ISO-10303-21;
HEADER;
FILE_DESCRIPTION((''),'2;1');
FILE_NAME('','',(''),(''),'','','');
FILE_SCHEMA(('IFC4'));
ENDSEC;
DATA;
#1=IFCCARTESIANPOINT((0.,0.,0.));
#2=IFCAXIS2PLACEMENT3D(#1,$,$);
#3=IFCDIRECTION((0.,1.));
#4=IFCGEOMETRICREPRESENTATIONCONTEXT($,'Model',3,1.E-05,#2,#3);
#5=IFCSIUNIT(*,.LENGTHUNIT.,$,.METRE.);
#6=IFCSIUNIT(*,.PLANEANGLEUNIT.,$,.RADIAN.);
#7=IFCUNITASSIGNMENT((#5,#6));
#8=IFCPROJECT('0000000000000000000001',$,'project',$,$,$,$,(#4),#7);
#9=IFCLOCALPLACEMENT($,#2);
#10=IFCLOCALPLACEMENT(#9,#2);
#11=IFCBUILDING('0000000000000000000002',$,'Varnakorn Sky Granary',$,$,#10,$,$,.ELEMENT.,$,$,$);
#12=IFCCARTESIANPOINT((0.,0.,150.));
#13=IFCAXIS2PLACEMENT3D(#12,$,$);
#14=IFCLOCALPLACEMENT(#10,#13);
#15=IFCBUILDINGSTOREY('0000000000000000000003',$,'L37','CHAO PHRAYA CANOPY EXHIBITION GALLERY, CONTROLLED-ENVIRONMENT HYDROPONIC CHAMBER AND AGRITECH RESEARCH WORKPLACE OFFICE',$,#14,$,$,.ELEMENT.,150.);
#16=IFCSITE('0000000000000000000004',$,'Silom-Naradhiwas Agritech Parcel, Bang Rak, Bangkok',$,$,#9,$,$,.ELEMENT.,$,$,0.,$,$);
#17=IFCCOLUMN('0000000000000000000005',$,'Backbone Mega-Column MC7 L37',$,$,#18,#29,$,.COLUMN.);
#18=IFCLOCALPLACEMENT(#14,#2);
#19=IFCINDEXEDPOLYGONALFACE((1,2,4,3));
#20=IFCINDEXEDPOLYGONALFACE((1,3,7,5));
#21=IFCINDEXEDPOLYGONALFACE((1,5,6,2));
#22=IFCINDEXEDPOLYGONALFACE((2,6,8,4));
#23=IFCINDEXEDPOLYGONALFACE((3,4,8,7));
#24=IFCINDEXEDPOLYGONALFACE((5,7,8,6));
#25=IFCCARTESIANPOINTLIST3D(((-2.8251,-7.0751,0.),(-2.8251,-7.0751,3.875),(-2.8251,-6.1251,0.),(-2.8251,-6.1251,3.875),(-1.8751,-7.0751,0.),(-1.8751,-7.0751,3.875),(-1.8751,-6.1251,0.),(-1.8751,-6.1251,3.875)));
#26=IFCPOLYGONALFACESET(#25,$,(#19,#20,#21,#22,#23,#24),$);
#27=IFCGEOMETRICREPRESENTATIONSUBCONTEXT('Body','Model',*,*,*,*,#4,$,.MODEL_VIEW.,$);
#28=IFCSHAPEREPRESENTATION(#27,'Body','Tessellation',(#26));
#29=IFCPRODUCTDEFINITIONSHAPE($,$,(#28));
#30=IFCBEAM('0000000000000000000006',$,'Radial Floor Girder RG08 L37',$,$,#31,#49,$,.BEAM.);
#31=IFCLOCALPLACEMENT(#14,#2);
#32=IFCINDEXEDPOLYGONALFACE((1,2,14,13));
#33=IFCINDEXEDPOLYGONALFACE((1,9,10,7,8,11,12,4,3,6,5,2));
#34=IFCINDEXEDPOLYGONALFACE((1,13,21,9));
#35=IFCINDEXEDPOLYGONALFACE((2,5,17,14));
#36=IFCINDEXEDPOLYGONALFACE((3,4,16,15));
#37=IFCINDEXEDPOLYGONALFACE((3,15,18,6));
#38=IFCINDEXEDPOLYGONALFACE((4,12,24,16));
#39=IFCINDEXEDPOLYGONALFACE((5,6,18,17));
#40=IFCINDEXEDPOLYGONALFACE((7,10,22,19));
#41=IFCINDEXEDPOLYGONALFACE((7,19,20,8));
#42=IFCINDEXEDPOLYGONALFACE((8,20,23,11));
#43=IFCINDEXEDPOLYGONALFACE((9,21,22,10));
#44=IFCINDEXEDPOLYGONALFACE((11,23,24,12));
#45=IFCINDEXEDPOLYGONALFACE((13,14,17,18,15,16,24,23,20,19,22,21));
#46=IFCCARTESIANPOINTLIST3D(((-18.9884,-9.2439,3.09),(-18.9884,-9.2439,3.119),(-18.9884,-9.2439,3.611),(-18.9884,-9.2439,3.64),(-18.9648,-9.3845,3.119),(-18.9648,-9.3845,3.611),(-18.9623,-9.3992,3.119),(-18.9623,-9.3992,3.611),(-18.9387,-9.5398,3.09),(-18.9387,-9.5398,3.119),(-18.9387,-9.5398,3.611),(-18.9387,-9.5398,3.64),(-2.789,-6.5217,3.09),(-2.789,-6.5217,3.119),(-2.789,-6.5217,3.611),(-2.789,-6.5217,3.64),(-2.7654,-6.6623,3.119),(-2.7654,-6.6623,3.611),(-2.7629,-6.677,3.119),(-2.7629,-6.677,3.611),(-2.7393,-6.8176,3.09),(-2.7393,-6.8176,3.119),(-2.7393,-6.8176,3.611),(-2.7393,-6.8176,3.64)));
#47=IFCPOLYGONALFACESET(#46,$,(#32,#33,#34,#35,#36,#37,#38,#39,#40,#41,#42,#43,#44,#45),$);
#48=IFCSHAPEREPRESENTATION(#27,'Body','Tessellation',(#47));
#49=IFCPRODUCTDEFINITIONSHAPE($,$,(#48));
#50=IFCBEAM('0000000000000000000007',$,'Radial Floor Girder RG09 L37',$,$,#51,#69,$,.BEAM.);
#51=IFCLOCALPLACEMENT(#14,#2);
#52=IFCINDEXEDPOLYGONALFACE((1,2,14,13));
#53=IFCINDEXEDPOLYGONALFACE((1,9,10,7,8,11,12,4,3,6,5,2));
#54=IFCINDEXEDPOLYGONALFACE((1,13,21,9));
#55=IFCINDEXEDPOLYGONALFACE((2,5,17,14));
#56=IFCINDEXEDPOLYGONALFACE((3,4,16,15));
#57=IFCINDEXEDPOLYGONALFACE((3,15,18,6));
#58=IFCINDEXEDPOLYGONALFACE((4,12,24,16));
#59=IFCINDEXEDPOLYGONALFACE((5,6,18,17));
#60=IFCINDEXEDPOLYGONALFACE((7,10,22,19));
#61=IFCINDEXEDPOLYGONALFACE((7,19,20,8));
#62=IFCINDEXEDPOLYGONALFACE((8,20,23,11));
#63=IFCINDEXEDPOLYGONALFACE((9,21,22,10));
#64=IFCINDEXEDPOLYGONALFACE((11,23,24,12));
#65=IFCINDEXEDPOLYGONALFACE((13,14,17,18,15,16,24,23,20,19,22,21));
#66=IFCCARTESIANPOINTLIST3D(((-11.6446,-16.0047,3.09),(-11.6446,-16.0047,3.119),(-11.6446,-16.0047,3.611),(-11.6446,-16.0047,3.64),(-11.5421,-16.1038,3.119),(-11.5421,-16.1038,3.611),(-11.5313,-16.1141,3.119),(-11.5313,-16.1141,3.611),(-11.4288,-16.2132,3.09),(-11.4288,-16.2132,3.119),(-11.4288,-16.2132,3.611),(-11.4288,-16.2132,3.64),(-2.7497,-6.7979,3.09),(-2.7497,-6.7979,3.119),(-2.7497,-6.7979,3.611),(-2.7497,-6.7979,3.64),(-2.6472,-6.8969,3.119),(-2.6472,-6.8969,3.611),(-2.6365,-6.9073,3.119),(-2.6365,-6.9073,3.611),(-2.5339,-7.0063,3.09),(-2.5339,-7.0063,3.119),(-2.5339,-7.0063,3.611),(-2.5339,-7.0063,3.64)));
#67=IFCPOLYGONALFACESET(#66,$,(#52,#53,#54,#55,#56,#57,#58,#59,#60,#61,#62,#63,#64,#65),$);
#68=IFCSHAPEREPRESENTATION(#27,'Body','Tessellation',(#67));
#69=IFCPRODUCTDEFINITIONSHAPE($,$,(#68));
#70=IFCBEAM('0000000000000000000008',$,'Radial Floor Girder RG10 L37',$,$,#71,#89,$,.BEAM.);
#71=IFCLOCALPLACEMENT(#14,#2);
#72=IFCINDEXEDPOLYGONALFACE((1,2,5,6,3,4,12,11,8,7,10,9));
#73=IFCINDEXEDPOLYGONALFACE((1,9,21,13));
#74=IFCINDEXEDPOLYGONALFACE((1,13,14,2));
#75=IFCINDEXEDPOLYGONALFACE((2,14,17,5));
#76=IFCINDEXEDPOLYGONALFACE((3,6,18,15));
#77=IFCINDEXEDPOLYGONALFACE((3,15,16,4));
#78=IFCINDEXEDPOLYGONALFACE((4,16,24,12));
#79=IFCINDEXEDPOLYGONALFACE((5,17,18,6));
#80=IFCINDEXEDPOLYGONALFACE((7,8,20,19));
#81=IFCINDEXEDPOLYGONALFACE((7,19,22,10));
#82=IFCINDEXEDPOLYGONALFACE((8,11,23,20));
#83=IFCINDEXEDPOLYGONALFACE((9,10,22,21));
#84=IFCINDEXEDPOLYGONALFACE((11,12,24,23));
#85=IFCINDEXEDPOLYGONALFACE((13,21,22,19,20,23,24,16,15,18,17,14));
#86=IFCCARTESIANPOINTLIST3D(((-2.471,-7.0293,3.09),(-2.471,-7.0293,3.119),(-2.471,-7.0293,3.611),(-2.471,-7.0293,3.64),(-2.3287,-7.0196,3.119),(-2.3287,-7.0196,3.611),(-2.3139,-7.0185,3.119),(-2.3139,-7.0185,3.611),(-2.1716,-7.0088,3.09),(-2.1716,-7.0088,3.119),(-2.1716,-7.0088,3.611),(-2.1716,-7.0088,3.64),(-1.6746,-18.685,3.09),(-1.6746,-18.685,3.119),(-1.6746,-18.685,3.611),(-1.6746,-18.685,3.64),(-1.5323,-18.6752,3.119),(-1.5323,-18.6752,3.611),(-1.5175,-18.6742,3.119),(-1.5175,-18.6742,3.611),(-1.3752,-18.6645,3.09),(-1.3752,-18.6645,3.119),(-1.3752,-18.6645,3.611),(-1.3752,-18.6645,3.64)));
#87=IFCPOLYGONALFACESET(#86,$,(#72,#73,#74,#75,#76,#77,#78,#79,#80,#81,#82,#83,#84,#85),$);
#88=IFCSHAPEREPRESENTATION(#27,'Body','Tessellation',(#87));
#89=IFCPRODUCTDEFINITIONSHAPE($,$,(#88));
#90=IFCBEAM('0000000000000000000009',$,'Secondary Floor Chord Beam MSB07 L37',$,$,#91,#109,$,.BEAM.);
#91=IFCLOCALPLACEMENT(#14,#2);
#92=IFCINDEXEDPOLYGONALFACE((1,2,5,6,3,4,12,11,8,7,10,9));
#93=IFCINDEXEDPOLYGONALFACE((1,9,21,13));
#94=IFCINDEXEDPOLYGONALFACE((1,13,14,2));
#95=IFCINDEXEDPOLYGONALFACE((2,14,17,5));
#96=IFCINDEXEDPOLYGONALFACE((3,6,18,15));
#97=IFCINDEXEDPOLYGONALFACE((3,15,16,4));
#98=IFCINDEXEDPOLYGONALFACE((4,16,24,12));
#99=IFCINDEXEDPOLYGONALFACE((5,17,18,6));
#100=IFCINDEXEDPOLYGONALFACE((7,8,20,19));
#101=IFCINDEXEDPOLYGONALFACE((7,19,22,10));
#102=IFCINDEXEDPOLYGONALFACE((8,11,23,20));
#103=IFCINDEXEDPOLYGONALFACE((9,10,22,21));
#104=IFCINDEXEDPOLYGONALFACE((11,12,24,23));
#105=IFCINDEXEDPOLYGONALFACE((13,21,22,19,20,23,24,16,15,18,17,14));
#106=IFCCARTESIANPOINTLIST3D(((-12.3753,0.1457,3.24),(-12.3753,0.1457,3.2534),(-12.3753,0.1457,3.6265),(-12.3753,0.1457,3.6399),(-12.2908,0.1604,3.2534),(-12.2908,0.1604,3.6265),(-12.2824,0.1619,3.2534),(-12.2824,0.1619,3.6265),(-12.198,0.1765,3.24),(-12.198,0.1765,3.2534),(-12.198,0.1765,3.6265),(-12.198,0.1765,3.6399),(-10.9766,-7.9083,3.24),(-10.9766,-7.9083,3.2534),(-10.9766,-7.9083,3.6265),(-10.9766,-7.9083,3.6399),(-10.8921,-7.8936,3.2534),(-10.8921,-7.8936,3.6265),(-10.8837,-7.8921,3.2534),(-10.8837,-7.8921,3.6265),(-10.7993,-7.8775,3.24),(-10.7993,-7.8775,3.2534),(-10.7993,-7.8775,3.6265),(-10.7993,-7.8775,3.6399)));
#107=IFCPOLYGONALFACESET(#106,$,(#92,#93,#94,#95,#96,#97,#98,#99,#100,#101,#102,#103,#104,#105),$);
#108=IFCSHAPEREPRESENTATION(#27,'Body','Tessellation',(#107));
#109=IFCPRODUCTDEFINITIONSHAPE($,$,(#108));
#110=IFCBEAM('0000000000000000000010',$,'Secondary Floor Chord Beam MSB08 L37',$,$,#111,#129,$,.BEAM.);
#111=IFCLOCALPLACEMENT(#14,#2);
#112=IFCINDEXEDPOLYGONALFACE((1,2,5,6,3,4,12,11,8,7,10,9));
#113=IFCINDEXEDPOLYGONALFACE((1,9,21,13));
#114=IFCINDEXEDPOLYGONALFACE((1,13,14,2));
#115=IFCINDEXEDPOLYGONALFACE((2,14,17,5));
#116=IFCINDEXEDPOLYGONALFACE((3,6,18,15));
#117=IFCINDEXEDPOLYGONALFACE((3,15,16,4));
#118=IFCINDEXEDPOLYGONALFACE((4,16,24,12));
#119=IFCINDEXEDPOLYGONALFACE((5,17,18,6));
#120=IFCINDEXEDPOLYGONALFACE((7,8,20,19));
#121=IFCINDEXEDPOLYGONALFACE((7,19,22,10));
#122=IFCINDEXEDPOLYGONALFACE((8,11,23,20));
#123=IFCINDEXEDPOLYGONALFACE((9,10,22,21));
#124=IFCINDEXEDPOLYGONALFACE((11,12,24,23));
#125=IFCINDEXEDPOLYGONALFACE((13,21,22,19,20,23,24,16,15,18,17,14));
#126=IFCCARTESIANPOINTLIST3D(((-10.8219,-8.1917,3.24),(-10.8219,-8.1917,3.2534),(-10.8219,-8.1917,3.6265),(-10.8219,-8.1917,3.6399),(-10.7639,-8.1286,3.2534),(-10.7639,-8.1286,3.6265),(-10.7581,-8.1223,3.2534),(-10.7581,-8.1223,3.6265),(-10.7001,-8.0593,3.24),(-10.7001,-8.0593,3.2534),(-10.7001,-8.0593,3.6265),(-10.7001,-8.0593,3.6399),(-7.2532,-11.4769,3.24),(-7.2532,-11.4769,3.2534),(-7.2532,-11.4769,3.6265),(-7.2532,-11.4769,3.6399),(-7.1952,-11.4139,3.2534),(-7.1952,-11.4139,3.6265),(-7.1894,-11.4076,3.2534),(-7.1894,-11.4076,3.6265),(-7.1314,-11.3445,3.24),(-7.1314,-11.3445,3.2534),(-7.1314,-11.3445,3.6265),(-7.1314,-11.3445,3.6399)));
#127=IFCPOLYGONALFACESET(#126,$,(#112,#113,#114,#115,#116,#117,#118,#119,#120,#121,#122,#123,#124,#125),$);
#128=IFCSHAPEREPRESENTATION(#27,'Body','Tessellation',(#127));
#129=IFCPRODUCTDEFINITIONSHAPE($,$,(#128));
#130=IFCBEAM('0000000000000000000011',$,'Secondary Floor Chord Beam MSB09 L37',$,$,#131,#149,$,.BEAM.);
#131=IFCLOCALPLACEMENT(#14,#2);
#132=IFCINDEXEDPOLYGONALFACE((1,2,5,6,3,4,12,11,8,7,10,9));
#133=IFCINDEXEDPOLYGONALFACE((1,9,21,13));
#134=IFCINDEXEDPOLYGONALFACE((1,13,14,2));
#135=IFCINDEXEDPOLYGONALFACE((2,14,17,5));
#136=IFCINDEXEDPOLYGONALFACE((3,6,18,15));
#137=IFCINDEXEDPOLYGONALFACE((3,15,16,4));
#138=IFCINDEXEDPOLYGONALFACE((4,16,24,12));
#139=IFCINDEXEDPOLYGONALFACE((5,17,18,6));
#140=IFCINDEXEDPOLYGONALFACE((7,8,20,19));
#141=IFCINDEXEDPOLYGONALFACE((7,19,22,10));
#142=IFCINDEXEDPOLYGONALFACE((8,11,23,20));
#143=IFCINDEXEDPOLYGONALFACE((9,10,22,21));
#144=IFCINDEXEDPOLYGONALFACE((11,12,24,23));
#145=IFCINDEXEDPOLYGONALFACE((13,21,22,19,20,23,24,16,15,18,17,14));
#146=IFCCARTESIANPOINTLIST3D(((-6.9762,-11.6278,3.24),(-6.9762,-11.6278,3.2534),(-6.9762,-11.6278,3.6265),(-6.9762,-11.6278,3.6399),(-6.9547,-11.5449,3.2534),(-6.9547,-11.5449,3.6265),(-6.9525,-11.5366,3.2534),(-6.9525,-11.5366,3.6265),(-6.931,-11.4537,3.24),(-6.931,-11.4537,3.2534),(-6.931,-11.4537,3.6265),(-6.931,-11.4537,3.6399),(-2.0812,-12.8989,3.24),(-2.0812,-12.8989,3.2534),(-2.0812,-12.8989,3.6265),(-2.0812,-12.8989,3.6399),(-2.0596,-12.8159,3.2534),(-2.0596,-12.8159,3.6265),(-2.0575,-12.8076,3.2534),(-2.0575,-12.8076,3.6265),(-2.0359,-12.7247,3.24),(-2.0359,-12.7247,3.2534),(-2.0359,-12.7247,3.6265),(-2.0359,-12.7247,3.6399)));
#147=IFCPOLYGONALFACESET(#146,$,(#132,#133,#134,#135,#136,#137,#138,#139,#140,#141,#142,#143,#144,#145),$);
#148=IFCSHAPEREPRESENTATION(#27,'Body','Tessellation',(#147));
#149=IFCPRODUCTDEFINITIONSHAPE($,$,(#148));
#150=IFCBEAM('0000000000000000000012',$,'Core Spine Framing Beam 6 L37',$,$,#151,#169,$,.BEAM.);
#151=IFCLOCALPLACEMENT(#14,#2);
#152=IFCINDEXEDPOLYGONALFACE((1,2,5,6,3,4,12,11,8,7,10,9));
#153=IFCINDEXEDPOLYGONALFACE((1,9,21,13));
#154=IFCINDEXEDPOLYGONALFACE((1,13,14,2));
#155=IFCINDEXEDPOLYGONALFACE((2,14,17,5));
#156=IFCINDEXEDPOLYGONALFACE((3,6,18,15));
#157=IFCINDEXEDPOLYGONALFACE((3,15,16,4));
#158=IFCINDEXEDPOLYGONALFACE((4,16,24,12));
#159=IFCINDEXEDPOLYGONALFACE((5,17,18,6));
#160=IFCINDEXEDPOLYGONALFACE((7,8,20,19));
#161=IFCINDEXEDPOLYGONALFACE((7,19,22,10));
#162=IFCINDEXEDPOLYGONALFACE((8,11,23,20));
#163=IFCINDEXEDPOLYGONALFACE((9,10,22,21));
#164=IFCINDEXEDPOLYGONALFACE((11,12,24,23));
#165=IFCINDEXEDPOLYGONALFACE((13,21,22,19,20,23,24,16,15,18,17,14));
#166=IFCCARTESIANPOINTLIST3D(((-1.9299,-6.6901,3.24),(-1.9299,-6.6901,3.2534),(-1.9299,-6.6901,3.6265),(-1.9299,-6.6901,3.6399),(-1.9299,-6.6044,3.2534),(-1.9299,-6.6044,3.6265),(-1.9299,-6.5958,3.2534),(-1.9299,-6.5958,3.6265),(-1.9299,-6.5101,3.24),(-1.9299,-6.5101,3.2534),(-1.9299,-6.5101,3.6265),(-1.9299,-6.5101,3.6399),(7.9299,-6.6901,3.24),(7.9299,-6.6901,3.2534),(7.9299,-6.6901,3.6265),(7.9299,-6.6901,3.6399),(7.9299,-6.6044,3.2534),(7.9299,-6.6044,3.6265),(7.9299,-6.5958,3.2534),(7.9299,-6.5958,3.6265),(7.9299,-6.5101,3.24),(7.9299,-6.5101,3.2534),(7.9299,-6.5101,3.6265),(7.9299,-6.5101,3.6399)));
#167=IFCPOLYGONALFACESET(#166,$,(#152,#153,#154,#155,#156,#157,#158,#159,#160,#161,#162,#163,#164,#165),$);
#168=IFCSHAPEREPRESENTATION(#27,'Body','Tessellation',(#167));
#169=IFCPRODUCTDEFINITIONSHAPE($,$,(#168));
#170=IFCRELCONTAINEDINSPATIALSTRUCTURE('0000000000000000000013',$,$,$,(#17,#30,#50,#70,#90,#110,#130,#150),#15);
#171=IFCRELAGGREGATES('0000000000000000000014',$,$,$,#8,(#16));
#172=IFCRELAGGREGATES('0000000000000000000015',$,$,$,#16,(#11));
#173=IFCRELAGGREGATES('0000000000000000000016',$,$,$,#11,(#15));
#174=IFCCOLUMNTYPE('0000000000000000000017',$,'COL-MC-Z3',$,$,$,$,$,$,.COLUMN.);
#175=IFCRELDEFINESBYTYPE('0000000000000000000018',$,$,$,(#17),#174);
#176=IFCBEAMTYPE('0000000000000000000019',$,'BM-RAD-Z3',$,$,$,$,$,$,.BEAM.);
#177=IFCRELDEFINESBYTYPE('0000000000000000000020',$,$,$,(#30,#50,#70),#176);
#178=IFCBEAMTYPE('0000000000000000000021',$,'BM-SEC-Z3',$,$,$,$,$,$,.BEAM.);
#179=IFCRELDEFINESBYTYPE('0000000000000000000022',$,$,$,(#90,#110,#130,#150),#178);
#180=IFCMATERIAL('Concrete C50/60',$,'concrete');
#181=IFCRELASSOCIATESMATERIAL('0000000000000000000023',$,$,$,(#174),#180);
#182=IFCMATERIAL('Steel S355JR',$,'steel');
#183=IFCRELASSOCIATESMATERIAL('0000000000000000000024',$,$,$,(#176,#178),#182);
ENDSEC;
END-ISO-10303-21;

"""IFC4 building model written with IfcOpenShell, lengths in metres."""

from ifc_helpers import new_model, si_unit, direction, frame, origin, origin_2d, place, context, subcontext, project, spatial, rectangle, i_section, extrude, material, material_profile, profile_set, type_object, element, save


model = new_model("IFC4")

# Units and contexts
model_context = context("Model", 3, precision=1e-05, world=origin(), true_north=direction((0.0, 1.0)))
body_context = subcontext(model_context, "Body", "Model", "MODEL_VIEW")
ifc_project = project(units=[si_unit("LENGTHUNIT", "METRE"), si_unit("PLANEANGLEUNIT", "RADIAN")], contexts=[model_context])

# Site, building, storey
site_placement = place(None, origin())
site = spatial("IfcSite", under=ifc_project, at=site_placement, Name="Silom-Naradhiwas Agritech Parcel, Bang Rak, Bangkok", CompositionType="ELEMENT", RefElevation=0.0)
building_placement = place(site_placement, origin())
building = spatial("IfcBuilding", under=site, at=building_placement, Name="Varnakorn Sky Granary", CompositionType="ELEMENT")
storey_placement = place(building_placement, frame((0.0, 0.0, 150.0)))
storey = spatial("IfcBuildingStorey", under=building, at=storey_placement, Name="L37", Description="CHAO PHRAYA CANOPY EXHIBITION GALLERY, CONTROLLED-ENVIRONMENT HYDROPONIC CHAMBER AND AGRITECH RESEARCH WORKPLACE OFFICE", CompositionType="ELEMENT", Elevation=150.0)

# Column
ifc_material_1 = material(Name="Concrete C50/60", Category="concrete")
ifc_material_profile_1 = material_profile(ifc_material_1, rectangle(XDim=0.95, YDim=0.95, at=origin_2d()), Name="RC 950x950")
ifc_profile_set_1 = profile_set([ifc_material_profile_1], Name="Concrete C50/60")
column_type = type_object("IfcColumnType", Name="COL-MC-Z3", PredefinedType="COLUMN", material=ifc_profile_set_1)
column_placement = place(storey_placement, frame((-2.3501, -6.6001, 0.0), z_axis=(0.0, 0.0, 1.0), x_axis=(1.0, 0.0, 0.0)))
element("IfcColumn", 1, at=column_placement, inside=storey, type_object=column_type, Name="Backbone Mega-Column MC7 L37", PredefinedType="COLUMN", context=body_context, shape_type="SweptSolid", body=[
    extrude(rectangle(XDim=0.95, YDim=0.95, at=origin_2d()), origin(), (0.0, 0.0, 1.0), 3.875),
])

# Beams
ifc_material_2 = material(Name="Steel S355JR", Category="steel")
ifc_material_profile_2 = material_profile(ifc_material_2, i_section(OverallWidth=0.3, OverallDepth=0.55, WebThickness=0.0149, FlangeThickness=0.0291, at=origin_2d()), Name="HE 550 B")
ifc_profile_set_2 = profile_set([ifc_material_profile_2], Name="Steel S355JR")
beam_type_1 = type_object("IfcBeamType", Name="BM-RAD-Z3", PredefinedType="BEAM", material=ifc_profile_set_2)
beam_1_placement = place(storey_placement, frame((-2.7642, -6.6697, 3.365), z_axis=(-0.986173, -0.165717, 0.0), x_axis=(0.165717, -0.986173, 0.0)))
element("IfcBeam", 2, at=beam_1_placement, inside=storey, type_object=beam_type_1, Name="Radial Floor Girder RG08 L37", PredefinedType="BEAM", context=body_context, shape_type="SweptSolid", body=[
    extrude(i_section(OverallWidth=0.3, OverallDepth=0.55, WebThickness=0.0149, FlangeThickness=0.0291, at=origin_2d()), origin(), (0.0, 0.0, 1.0), 16.4265),
])
beam_2_placement = place(storey_placement, frame((-2.6418, -6.9021, 3.365), z_axis=(-0.694815, -0.719188, 0.0), x_axis=(0.719188, -0.694815, 0.0)))
element("IfcBeam", 3, at=beam_2_placement, inside=storey, type_object=beam_type_1, Name="Radial Floor Girder RG09 L37", PredefinedType="BEAM", context=body_context, shape_type="SweptSolid", body=[
    extrude(i_section(OverallWidth=0.3, OverallDepth=0.55, WebThickness=0.0149, FlangeThickness=0.0291, at=origin_2d()), origin(), (0.0, 0.0, 1.0), 12.8018),
])
beam_3_placement = place(storey_placement, frame((-2.3213, -7.019, 3.365), z_axis=(0.068167, -0.997674, 0.0), x_axis=(0.997674, 0.068167, 0.0)))
element("IfcBeam", 4, at=beam_3_placement, inside=storey, type_object=beam_type_1, Name="Radial Floor Girder RG10 L37", PredefinedType="BEAM", context=body_context, shape_type="SweptSolid", body=[
    extrude(i_section(OverallWidth=0.3, OverallDepth=0.55, WebThickness=0.0149, FlangeThickness=0.0291, at=origin_2d()), origin(), (0.0, 0.0, 1.0), 11.6829),
])
ifc_material_profile_3 = material_profile(ifc_material_2, i_section(OverallWidth=0.1799, OverallDepth=0.3999, WebThickness=0.0085, FlangeThickness=0.0134, at=origin_2d()), Name="IPE 400")
ifc_profile_set_3 = profile_set([ifc_material_profile_3], Name="Steel S355JR")
beam_type_2 = type_object("IfcBeamType", Name="BM-SEC-Z3", PredefinedType="BEAM", material=ifc_profile_set_3)
beam_4_placement = place(storey_placement, frame((-12.2866, 0.1611, 3.4399), z_axis=(0.171103, -0.985253, 0.0), x_axis=(0.985253, 0.171103, 0.0)))
element("IfcBeam", 5, at=beam_4_placement, inside=storey, type_object=beam_type_2, Name="Secondary Floor Chord Beam MSB07 L37", PredefinedType="BEAM", context=body_context, shape_type="SweptSolid", body=[
    extrude(i_section(OverallWidth=0.1799, OverallDepth=0.3999, WebThickness=0.0085, FlangeThickness=0.0134, at=origin_2d()), origin(), (0.0, 0.0, 1.0), 8.1746),
])
beam_5_placement = place(storey_placement, frame((-10.761, -8.1255, 3.4399), z_axis=(0.735721, -0.677284, 0.0), x_axis=(0.677284, 0.735721, 0.0)))
element("IfcBeam", 6, at=beam_5_placement, inside=storey, type_object=beam_type_2, Name="Secondary Floor Chord Beam MSB08 L37", PredefinedType="BEAM", context=body_context, shape_type="SweptSolid", body=[
    extrude(i_section(OverallWidth=0.1799, OverallDepth=0.3999, WebThickness=0.0085, FlangeThickness=0.0134, at=origin_2d()), origin(), (0.0, 0.0, 1.0), 4.8506),
])
beam_6_placement = place(storey_placement, frame((-6.9536, -11.5408, 3.4399), z_axis=(0.967905, -0.251317, 0.0), x_axis=(0.251317, 0.967905, 0.0)))
element("IfcBeam", 7, at=beam_6_placement, inside=storey, type_object=beam_type_2, Name="Secondary Floor Chord Beam MSB09 L37", PredefinedType="BEAM", context=body_context, shape_type="SweptSolid", body=[
    extrude(i_section(OverallWidth=0.1799, OverallDepth=0.3999, WebThickness=0.0085, FlangeThickness=0.0134, at=origin_2d()), origin(), (0.0, 0.0, 1.0), 5.0574),
])
beam_7_placement = place(storey_placement, frame((-1.9299, -6.6001, 3.4399), z_axis=(1.0, 0.0, 0.0), x_axis=(0.0, 1.0, 0.0)))
element("IfcBeam", 8, at=beam_7_placement, inside=storey, type_object=beam_type_2, Name="Core Spine Framing Beam 6 L37", PredefinedType="BEAM", context=body_context, shape_type="SweptSolid", body=[
    extrude(i_section(OverallWidth=0.1799, OverallDepth=0.3999, WebThickness=0.0085, FlangeThickness=0.0134, at=origin_2d()), origin(), (0.0, 0.0, 1.0), 9.8599),
])

save(model, "model.ifc")
